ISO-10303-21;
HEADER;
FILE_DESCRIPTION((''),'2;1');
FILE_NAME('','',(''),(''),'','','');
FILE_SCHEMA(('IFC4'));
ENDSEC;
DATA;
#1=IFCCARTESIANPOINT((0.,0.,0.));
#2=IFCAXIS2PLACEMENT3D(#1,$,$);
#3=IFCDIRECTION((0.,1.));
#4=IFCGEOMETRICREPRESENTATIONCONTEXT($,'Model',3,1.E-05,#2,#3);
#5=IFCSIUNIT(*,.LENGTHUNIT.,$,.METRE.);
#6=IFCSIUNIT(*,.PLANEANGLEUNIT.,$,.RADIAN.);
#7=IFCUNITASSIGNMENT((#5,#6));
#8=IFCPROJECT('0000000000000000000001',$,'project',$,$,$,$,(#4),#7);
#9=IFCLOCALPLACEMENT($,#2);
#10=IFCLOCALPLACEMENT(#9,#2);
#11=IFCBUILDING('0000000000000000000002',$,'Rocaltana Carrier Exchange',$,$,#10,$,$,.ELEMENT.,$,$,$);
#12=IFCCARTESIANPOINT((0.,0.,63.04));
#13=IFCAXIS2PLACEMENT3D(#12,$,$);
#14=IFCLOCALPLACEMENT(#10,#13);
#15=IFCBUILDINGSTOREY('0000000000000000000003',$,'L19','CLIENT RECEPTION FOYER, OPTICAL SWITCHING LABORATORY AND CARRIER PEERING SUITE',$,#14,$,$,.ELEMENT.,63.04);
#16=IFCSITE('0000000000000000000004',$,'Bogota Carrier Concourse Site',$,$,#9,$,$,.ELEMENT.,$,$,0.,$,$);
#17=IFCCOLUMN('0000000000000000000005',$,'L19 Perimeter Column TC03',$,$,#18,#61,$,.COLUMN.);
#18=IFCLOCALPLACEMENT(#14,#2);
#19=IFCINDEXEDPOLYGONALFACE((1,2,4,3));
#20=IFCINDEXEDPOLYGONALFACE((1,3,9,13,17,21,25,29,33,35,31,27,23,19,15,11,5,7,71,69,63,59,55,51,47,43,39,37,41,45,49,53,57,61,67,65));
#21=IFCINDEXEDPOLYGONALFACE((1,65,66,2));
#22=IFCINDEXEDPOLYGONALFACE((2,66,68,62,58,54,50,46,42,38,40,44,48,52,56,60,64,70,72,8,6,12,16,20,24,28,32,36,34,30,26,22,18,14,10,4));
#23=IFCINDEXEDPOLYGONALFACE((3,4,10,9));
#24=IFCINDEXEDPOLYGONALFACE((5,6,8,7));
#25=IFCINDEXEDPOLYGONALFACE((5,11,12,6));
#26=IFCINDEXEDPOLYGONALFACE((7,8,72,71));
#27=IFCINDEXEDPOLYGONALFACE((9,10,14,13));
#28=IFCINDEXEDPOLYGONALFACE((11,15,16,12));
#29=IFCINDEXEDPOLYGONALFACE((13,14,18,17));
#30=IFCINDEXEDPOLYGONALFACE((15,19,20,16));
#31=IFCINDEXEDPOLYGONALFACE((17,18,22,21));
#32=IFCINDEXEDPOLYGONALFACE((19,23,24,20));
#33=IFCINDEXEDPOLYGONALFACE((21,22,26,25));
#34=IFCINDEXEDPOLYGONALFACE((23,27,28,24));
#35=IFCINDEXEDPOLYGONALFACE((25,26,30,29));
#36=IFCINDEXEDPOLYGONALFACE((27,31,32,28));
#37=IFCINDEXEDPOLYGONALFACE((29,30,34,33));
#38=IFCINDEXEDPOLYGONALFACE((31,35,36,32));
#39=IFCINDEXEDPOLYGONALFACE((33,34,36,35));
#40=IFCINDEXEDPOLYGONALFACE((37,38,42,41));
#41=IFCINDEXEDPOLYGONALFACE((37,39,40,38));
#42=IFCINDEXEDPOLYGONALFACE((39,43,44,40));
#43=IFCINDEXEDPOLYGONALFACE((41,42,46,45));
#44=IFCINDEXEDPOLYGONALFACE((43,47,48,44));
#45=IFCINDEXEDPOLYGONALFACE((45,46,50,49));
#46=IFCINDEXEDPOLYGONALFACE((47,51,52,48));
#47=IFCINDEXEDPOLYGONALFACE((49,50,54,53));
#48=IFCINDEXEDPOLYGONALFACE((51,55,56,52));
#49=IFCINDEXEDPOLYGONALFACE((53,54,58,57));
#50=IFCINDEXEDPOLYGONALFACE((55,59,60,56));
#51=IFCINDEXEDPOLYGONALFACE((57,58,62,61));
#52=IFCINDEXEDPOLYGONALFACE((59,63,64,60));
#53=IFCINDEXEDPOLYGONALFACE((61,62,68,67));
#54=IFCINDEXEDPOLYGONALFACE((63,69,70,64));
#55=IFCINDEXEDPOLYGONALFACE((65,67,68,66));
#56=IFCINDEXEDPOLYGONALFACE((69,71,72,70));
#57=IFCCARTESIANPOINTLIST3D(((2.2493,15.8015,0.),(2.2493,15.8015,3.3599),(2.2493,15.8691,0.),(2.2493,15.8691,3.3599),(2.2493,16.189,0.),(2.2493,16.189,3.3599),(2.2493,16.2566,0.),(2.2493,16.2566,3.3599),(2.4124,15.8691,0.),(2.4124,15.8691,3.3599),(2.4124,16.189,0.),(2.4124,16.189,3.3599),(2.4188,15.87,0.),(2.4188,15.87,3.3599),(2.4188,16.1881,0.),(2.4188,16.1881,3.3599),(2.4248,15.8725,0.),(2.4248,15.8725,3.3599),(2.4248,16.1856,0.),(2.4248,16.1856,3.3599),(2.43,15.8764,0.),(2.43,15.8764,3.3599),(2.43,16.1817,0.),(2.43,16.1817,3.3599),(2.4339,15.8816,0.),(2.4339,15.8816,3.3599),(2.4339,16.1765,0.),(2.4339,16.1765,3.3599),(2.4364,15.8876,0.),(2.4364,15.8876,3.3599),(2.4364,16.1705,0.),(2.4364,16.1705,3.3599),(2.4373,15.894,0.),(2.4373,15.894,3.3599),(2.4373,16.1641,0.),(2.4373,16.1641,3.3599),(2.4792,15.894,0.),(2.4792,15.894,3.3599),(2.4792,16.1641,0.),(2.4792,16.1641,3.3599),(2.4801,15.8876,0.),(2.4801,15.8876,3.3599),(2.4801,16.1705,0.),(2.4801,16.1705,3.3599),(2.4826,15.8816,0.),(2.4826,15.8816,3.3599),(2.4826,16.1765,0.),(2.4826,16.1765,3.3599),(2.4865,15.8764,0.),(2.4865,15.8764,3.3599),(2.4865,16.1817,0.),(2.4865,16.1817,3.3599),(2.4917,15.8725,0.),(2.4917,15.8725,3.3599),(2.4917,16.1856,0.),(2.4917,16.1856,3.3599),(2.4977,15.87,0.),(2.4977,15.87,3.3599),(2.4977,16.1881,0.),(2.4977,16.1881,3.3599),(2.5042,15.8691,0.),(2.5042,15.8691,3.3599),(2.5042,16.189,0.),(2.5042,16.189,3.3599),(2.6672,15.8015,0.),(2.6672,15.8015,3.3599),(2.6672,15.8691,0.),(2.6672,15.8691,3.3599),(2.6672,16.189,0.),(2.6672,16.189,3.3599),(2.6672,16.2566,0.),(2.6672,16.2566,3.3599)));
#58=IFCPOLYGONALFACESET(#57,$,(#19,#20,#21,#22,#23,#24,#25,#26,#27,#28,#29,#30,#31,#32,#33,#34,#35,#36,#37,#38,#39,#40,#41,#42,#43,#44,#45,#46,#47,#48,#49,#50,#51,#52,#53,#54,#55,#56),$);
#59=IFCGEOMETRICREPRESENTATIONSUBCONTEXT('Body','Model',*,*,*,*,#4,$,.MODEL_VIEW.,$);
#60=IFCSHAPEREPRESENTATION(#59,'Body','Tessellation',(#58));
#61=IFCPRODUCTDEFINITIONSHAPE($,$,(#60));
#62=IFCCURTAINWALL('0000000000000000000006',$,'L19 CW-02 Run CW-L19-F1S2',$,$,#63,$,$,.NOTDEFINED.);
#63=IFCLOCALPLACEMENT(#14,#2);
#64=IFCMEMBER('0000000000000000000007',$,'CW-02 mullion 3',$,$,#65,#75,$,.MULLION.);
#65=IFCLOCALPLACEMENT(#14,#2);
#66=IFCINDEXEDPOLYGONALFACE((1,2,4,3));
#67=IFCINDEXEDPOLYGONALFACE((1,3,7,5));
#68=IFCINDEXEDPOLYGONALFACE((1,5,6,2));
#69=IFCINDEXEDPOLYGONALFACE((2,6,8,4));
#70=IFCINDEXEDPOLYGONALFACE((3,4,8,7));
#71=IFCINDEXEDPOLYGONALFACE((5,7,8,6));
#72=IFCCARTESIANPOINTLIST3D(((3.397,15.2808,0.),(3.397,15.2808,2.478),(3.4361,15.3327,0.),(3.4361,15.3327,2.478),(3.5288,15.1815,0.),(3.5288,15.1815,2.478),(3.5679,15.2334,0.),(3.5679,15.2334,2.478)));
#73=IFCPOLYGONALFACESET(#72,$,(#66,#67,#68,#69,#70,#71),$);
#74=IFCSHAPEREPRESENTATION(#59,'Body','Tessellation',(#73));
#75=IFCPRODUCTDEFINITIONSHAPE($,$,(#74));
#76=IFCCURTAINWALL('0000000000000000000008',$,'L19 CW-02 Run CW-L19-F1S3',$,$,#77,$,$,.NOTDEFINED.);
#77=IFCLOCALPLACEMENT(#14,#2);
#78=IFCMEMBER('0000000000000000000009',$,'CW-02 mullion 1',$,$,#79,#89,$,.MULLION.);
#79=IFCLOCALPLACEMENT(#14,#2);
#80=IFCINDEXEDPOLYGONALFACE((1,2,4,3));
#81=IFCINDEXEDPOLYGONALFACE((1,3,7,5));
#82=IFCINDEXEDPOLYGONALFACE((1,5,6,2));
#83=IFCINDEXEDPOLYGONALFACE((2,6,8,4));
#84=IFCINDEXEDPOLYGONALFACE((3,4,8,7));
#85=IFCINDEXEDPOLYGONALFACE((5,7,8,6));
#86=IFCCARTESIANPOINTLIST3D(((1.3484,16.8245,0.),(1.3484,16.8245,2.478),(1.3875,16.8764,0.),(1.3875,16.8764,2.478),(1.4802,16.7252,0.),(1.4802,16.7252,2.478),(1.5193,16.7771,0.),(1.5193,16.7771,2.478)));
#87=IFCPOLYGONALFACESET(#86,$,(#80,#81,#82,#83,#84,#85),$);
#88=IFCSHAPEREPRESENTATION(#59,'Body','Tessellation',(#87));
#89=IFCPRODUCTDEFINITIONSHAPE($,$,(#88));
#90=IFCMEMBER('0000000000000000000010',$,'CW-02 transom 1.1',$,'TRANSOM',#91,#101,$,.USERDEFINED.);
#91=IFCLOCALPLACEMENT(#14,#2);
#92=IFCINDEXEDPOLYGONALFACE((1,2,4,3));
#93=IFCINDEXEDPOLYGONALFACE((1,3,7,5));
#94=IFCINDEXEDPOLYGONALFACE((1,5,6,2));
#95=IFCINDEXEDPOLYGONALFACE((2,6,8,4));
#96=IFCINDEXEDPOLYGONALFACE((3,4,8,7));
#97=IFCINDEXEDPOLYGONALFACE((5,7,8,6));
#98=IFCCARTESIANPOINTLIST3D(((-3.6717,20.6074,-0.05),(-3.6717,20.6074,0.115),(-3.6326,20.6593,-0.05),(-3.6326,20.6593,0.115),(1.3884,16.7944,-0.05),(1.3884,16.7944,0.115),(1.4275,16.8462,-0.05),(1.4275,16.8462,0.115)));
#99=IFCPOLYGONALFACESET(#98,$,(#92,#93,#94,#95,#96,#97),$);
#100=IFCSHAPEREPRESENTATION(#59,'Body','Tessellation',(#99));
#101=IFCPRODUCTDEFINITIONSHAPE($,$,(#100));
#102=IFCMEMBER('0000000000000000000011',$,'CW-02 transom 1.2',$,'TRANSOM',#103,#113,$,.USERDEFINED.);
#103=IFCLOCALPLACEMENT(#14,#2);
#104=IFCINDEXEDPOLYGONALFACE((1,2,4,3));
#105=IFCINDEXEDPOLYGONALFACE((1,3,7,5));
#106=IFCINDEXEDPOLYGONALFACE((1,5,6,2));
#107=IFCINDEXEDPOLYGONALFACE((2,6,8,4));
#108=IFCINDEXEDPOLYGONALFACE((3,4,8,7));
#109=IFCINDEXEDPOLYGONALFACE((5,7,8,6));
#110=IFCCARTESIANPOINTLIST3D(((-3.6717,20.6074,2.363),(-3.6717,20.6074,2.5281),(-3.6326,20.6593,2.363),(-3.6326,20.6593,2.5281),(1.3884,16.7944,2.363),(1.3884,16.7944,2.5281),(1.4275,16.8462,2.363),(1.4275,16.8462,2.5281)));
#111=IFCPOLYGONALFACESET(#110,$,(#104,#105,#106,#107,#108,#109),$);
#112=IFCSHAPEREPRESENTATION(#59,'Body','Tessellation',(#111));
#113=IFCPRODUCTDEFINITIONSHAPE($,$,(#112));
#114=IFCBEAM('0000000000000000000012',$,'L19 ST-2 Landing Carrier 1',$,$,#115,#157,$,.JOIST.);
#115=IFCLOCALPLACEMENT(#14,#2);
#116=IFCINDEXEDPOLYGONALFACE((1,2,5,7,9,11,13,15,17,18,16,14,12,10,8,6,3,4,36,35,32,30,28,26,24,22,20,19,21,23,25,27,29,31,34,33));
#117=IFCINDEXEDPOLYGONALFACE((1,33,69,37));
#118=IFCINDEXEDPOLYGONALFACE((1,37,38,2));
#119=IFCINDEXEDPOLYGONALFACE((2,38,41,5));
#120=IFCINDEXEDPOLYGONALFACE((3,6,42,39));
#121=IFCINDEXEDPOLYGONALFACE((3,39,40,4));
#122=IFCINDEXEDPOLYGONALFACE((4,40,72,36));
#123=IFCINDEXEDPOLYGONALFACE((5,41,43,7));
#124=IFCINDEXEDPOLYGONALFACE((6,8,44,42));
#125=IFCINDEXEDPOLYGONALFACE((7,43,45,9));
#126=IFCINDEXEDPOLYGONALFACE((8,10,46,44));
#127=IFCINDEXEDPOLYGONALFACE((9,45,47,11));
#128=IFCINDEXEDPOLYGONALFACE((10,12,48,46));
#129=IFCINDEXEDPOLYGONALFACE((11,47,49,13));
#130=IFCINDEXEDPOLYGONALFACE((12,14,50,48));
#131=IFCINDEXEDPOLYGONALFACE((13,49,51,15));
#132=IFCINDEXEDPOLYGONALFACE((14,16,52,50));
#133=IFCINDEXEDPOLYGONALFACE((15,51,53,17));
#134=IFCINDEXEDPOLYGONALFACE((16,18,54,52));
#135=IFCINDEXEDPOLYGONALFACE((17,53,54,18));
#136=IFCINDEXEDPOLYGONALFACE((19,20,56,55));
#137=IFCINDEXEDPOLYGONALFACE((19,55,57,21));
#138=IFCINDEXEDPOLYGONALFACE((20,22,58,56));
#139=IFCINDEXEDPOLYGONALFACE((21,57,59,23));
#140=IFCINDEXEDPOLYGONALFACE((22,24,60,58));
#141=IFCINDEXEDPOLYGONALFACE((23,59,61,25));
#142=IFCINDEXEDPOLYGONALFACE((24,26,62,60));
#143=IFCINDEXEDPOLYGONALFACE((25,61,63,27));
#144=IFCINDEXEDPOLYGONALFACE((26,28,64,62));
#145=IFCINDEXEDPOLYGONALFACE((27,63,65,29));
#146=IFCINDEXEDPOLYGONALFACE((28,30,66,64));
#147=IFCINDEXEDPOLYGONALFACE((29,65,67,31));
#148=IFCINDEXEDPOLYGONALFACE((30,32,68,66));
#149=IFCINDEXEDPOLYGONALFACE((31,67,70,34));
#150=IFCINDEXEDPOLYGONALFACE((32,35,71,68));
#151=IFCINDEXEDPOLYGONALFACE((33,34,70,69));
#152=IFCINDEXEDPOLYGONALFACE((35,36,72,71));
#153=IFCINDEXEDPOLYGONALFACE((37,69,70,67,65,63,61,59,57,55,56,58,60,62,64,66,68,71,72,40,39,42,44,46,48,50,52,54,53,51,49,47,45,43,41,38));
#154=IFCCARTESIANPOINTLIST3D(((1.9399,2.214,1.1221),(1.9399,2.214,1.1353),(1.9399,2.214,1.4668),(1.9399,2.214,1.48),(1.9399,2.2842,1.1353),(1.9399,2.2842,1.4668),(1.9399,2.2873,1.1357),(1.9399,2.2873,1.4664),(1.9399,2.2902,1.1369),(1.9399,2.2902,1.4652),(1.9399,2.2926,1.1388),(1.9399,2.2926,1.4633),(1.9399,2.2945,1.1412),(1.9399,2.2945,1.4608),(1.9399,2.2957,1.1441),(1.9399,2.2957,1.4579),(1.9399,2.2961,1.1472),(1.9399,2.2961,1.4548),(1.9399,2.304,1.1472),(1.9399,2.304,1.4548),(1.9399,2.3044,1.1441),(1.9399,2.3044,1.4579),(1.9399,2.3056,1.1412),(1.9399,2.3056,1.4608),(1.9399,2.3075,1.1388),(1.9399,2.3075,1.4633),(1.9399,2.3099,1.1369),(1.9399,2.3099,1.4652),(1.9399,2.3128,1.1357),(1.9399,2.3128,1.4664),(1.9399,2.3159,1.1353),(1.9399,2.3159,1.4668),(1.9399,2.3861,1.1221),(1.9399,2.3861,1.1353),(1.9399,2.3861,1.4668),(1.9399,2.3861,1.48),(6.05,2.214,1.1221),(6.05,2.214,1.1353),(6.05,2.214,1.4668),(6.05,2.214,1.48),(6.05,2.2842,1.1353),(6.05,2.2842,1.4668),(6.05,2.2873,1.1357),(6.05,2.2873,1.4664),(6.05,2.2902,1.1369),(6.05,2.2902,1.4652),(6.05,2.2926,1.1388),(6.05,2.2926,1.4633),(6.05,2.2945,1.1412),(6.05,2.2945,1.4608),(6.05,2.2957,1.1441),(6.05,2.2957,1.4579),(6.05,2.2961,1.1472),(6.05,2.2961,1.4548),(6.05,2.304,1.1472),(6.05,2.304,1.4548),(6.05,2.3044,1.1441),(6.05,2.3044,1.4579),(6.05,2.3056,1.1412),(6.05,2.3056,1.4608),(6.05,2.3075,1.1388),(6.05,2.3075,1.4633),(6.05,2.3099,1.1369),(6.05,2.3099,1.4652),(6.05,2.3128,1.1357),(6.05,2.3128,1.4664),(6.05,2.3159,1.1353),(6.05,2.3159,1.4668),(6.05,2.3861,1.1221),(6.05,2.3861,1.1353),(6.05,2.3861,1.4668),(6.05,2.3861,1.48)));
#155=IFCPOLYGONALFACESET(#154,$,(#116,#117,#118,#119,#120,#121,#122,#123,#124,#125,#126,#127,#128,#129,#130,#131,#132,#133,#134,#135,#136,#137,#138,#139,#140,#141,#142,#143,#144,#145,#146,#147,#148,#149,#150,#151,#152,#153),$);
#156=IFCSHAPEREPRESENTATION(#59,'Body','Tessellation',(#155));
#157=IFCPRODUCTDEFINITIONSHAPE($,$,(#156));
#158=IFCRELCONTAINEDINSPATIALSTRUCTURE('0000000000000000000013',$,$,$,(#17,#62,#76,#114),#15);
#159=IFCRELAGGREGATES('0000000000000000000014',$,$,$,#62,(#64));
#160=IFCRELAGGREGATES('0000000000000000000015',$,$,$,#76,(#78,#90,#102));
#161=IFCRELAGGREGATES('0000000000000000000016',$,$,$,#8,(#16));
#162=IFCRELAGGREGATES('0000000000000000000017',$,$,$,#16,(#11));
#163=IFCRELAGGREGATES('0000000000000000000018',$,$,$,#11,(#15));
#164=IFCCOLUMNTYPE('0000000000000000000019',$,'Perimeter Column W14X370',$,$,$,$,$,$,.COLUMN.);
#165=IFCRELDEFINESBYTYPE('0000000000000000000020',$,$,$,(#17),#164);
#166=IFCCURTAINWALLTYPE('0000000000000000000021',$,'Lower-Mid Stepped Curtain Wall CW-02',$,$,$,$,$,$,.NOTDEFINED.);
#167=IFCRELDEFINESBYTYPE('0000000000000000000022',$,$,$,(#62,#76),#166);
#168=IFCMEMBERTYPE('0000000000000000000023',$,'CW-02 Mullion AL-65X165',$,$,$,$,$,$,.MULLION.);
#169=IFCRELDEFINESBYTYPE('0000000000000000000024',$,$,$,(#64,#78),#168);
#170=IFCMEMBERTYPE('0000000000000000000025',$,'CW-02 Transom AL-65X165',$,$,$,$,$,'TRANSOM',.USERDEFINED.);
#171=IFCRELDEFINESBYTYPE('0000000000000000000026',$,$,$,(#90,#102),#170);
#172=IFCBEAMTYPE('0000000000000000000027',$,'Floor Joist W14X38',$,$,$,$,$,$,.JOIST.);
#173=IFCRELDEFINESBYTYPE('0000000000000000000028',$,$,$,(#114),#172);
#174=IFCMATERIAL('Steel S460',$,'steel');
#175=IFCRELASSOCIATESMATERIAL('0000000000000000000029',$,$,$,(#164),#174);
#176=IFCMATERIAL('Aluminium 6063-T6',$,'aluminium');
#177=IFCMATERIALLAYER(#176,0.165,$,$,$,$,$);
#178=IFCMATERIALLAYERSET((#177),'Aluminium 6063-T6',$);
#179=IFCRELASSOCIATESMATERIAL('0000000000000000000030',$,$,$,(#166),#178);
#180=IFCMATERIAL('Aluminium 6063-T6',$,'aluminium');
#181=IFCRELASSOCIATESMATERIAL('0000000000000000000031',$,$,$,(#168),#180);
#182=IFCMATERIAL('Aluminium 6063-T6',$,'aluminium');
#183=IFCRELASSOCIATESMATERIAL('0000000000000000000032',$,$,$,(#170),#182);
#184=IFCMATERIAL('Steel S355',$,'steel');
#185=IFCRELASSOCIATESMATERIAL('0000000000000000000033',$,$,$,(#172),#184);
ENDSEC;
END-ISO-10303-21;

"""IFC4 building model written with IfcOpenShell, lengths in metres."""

from ifc_helpers import new_model, si_unit, direction, frame, origin, origin_2d, place, context, subcontext, project, spatial, rectangle, i_section, extrude, material, layer, layer_set, material_profile, profile_set, type_object, element, aggregate, save


model = new_model("IFC4")

# Units and contexts
model_context = context("Model", 3, precision=1e-05, world=origin(), true_north=direction((0.0, 1.0)))
body_context = subcontext(model_context, "Body", "Model", "MODEL_VIEW")
ifc_project = project(units=[si_unit("LENGTHUNIT", "METRE"), si_unit("PLANEANGLEUNIT", "RADIAN")], contexts=[model_context])

# Site, building, storey
site_placement = place(None, origin())
site = spatial("IfcSite", under=ifc_project, at=site_placement, Name="Bogota Carrier Concourse Site", CompositionType="ELEMENT", RefElevation=0.0)
building_placement = place(site_placement, origin())
building = spatial("IfcBuilding", under=site, at=building_placement, Name="Rocaltana Carrier Exchange", CompositionType="ELEMENT")
storey_placement = place(building_placement, frame((0.0, 0.0, 63.04)))
storey = spatial("IfcBuildingStorey", under=building, at=storey_placement, Name="L19", Description="CLIENT RECEPTION FOYER, OPTICAL SWITCHING LABORATORY AND CARRIER PEERING SUITE", CompositionType="ELEMENT", Elevation=63.04)

# Column
ifc_material_1 = material(Name="Steel S460", Category="steel")
ifc_material_profile_1 = material_profile(ifc_material_1, i_section(OverallWidth=0.418, OverallDepth=0.4551, WebThickness=0.042, FlangeThickness=0.0676, FilletRadius=0.0249, at=origin_2d()), Name="W14X370")
ifc_profile_set_1 = profile_set([ifc_material_profile_1], Name="Steel S460")
column_type = type_object("IfcColumnType", Name="Perimeter Column W14X370", PredefinedType="COLUMN", material=ifc_profile_set_1)
column_placement = place(storey_placement, frame((2.4583, 16.0291, 0.0), z_axis=(0.0, 0.0, 1.0), x_axis=(1.0, 0.0, 0.0)))
element("IfcColumn", 1, at=column_placement, inside=storey, type_object=column_type, Name="L19 Perimeter Column TC03", PredefinedType="COLUMN", context=body_context, shape_type="SweptSolid", body=[
    extrude(i_section(OverallWidth=0.418, OverallDepth=0.4551, WebThickness=0.042, FlangeThickness=0.0676, FilletRadius=0.0249, at=origin_2d()), origin(), (0.0, 0.0, 1.0), 3.3599),
])

# Curtain wall, member
ifc_material_2 = material(Name="Aluminium 6063-T6", Category="aluminium")
ifc_layer_1 = layer(ifc_material_2, 0.165)
ifc_layer_set_1 = layer_set([ifc_layer_1], Name="Aluminium 6063-T6")
curtain_wall_type = type_object("IfcCurtainWallType", Name="Lower-Mid Stepped Curtain Wall CW-02", PredefinedType="NOTDEFINED", material=ifc_layer_set_1)
curtain_wall_1_placement = place(storey_placement, origin())
curtain_wall_1 = element("IfcCurtainWall", 2, at=curtain_wall_1_placement, inside=storey, type_object=curtain_wall_type, Name="L19 CW-02 Run CW-L19-F1S2", PredefinedType="NOTDEFINED")
ifc_material_3 = material(Name="Aluminium 6063-T6", Category="aluminium")
ifc_material_profile_2 = material_profile(ifc_material_3, rectangle(XDim=0.0649, YDim=0.165, at=origin_2d()), Name="AL-65X165")
ifc_profile_set_2 = profile_set([ifc_material_profile_2], Name="Aluminium 6063-T6")
member_type_1 = type_object("IfcMemberType", Name="CW-02 Mullion AL-65X165", PredefinedType="MULLION", material=ifc_profile_set_2)
member_1_placement = place(storey_placement, frame((3.4824, 15.2571, 0.0), z_axis=(0.0, 0.0, 1.0), x_axis=(-0.601815, -0.798635, 0.0)))
member_1 = element("IfcMember", 3, at=member_1_placement, type_object=member_type_1, Name="CW-02 mullion 3", PredefinedType="MULLION", context=body_context, shape_type="SweptSolid", body=[
    extrude(rectangle(XDim=0.0649, YDim=0.165, at=origin_2d()), origin(), (0.0, 0.0, 1.0), 2.478),
])
aggregate(curtain_wall_1, [member_1])

# Curtain wall, members
curtain_wall_2_placement = place(storey_placement, origin())
curtain_wall_2 = element("IfcCurtainWall", 4, at=curtain_wall_2_placement, inside=storey, type_object=curtain_wall_type, Name="L19 CW-02 Run CW-L19-F1S3", PredefinedType="NOTDEFINED")
member_2_placement = place(storey_placement, frame((1.4338, 16.8008, 0.0), z_axis=(0.0, 0.0, 1.0), x_axis=(-0.601812, -0.798638, 0.0)))
member_2 = element("IfcMember", 5, at=member_2_placement, type_object=member_type_1, Name="CW-02 mullion 1", PredefinedType="MULLION", context=body_context, shape_type="SweptSolid", body=[
    extrude(rectangle(XDim=0.0649, YDim=0.165, at=origin_2d()), origin(), (0.0, 0.0, 1.0), 2.478),
])
ifc_material_4 = material(Name="Aluminium 6063-T6", Category="aluminium")
ifc_material_profile_3 = material_profile(ifc_material_4, rectangle(XDim=0.0649, YDim=0.165, at=origin_2d()), Name="AL-65X165")
ifc_profile_set_3 = profile_set([ifc_material_profile_3], Name="Aluminium 6063-T6")
member_type_2 = type_object("IfcMemberType", Name="CW-02 Transom AL-65X165", ElementType="TRANSOM", PredefinedType="USERDEFINED", material=ifc_profile_set_3)
member_3_placement = place(storey_placement, frame((1.408, 16.8203, 0.0325), z_axis=(-0.798638, 0.601811, 0.0), x_axis=(-0.601811, -0.798638, 0.0)))
member_3 = element("IfcMember", 6, at=member_3_placement, type_object=member_type_2, Name="CW-02 transom 1.1", ObjectType="TRANSOM", PredefinedType="USERDEFINED", context=body_context, shape_type="SweptSolid", body=[
    extrude(rectangle(XDim=0.0649, YDim=0.165, at=origin_2d()), origin(), (0.0, 0.0, 1.0), 6.3359),
])
member_4_placement = place(storey_placement, frame((1.408, 16.8203, 2.4456), z_axis=(-0.798638, 0.601811, 0.0), x_axis=(-0.601811, -0.798638, 0.0)))
member_4 = element("IfcMember", 7, at=member_4_placement, type_object=member_type_2, Name="CW-02 transom 1.2", ObjectType="TRANSOM", PredefinedType="USERDEFINED", context=body_context, shape_type="SweptSolid", body=[
    extrude(rectangle(XDim=0.0649, YDim=0.165, at=origin_2d()), origin(), (0.0, 0.0, 1.0), 6.3359),
])
aggregate(curtain_wall_2, [member_2, member_3, member_4])

# Beam
ifc_material_5 = material(Name="Steel S355", Category="steel")
ifc_material_profile_4 = material_profile(ifc_material_5, i_section(OverallWidth=0.1721, OverallDepth=0.3579, WebThickness=0.0078, FlangeThickness=0.0132, FilletRadius=0.012, at=origin_2d()), Name="W14X38")
ifc_profile_set_4 = profile_set([ifc_material_profile_4], Name="Steel S355")
beam_type_1 = type_object("IfcBeamType", Name="Floor Joist W14X38", PredefinedType="JOIST", material=ifc_profile_set_4)
for number, where, z_axis, x_axis, name in (
    (8, (1.9399, 2.3, 1.301), (1.0, 0.0, 0.0), (0.0, 1.0, 0.0), "L19 ST-2 Landing Carrier 1"),
):
    element("IfcBeam", number, at=place(storey_placement, frame(where, z_axis=z_axis, x_axis=x_axis)), inside=storey, type_object=beam_type_1, Name=name, PredefinedType="JOIST", context=body_context, shape_type="SweptSolid", body=[
        extrude(i_section(OverallWidth=0.1721, OverallDepth=0.3579, WebThickness=0.0078, FlangeThickness=0.0132, FilletRadius=0.012, at=origin_2d()), origin(), (0.0, 0.0, 1.0), 4.1101),
    ])

save(model, "model.ifc")
